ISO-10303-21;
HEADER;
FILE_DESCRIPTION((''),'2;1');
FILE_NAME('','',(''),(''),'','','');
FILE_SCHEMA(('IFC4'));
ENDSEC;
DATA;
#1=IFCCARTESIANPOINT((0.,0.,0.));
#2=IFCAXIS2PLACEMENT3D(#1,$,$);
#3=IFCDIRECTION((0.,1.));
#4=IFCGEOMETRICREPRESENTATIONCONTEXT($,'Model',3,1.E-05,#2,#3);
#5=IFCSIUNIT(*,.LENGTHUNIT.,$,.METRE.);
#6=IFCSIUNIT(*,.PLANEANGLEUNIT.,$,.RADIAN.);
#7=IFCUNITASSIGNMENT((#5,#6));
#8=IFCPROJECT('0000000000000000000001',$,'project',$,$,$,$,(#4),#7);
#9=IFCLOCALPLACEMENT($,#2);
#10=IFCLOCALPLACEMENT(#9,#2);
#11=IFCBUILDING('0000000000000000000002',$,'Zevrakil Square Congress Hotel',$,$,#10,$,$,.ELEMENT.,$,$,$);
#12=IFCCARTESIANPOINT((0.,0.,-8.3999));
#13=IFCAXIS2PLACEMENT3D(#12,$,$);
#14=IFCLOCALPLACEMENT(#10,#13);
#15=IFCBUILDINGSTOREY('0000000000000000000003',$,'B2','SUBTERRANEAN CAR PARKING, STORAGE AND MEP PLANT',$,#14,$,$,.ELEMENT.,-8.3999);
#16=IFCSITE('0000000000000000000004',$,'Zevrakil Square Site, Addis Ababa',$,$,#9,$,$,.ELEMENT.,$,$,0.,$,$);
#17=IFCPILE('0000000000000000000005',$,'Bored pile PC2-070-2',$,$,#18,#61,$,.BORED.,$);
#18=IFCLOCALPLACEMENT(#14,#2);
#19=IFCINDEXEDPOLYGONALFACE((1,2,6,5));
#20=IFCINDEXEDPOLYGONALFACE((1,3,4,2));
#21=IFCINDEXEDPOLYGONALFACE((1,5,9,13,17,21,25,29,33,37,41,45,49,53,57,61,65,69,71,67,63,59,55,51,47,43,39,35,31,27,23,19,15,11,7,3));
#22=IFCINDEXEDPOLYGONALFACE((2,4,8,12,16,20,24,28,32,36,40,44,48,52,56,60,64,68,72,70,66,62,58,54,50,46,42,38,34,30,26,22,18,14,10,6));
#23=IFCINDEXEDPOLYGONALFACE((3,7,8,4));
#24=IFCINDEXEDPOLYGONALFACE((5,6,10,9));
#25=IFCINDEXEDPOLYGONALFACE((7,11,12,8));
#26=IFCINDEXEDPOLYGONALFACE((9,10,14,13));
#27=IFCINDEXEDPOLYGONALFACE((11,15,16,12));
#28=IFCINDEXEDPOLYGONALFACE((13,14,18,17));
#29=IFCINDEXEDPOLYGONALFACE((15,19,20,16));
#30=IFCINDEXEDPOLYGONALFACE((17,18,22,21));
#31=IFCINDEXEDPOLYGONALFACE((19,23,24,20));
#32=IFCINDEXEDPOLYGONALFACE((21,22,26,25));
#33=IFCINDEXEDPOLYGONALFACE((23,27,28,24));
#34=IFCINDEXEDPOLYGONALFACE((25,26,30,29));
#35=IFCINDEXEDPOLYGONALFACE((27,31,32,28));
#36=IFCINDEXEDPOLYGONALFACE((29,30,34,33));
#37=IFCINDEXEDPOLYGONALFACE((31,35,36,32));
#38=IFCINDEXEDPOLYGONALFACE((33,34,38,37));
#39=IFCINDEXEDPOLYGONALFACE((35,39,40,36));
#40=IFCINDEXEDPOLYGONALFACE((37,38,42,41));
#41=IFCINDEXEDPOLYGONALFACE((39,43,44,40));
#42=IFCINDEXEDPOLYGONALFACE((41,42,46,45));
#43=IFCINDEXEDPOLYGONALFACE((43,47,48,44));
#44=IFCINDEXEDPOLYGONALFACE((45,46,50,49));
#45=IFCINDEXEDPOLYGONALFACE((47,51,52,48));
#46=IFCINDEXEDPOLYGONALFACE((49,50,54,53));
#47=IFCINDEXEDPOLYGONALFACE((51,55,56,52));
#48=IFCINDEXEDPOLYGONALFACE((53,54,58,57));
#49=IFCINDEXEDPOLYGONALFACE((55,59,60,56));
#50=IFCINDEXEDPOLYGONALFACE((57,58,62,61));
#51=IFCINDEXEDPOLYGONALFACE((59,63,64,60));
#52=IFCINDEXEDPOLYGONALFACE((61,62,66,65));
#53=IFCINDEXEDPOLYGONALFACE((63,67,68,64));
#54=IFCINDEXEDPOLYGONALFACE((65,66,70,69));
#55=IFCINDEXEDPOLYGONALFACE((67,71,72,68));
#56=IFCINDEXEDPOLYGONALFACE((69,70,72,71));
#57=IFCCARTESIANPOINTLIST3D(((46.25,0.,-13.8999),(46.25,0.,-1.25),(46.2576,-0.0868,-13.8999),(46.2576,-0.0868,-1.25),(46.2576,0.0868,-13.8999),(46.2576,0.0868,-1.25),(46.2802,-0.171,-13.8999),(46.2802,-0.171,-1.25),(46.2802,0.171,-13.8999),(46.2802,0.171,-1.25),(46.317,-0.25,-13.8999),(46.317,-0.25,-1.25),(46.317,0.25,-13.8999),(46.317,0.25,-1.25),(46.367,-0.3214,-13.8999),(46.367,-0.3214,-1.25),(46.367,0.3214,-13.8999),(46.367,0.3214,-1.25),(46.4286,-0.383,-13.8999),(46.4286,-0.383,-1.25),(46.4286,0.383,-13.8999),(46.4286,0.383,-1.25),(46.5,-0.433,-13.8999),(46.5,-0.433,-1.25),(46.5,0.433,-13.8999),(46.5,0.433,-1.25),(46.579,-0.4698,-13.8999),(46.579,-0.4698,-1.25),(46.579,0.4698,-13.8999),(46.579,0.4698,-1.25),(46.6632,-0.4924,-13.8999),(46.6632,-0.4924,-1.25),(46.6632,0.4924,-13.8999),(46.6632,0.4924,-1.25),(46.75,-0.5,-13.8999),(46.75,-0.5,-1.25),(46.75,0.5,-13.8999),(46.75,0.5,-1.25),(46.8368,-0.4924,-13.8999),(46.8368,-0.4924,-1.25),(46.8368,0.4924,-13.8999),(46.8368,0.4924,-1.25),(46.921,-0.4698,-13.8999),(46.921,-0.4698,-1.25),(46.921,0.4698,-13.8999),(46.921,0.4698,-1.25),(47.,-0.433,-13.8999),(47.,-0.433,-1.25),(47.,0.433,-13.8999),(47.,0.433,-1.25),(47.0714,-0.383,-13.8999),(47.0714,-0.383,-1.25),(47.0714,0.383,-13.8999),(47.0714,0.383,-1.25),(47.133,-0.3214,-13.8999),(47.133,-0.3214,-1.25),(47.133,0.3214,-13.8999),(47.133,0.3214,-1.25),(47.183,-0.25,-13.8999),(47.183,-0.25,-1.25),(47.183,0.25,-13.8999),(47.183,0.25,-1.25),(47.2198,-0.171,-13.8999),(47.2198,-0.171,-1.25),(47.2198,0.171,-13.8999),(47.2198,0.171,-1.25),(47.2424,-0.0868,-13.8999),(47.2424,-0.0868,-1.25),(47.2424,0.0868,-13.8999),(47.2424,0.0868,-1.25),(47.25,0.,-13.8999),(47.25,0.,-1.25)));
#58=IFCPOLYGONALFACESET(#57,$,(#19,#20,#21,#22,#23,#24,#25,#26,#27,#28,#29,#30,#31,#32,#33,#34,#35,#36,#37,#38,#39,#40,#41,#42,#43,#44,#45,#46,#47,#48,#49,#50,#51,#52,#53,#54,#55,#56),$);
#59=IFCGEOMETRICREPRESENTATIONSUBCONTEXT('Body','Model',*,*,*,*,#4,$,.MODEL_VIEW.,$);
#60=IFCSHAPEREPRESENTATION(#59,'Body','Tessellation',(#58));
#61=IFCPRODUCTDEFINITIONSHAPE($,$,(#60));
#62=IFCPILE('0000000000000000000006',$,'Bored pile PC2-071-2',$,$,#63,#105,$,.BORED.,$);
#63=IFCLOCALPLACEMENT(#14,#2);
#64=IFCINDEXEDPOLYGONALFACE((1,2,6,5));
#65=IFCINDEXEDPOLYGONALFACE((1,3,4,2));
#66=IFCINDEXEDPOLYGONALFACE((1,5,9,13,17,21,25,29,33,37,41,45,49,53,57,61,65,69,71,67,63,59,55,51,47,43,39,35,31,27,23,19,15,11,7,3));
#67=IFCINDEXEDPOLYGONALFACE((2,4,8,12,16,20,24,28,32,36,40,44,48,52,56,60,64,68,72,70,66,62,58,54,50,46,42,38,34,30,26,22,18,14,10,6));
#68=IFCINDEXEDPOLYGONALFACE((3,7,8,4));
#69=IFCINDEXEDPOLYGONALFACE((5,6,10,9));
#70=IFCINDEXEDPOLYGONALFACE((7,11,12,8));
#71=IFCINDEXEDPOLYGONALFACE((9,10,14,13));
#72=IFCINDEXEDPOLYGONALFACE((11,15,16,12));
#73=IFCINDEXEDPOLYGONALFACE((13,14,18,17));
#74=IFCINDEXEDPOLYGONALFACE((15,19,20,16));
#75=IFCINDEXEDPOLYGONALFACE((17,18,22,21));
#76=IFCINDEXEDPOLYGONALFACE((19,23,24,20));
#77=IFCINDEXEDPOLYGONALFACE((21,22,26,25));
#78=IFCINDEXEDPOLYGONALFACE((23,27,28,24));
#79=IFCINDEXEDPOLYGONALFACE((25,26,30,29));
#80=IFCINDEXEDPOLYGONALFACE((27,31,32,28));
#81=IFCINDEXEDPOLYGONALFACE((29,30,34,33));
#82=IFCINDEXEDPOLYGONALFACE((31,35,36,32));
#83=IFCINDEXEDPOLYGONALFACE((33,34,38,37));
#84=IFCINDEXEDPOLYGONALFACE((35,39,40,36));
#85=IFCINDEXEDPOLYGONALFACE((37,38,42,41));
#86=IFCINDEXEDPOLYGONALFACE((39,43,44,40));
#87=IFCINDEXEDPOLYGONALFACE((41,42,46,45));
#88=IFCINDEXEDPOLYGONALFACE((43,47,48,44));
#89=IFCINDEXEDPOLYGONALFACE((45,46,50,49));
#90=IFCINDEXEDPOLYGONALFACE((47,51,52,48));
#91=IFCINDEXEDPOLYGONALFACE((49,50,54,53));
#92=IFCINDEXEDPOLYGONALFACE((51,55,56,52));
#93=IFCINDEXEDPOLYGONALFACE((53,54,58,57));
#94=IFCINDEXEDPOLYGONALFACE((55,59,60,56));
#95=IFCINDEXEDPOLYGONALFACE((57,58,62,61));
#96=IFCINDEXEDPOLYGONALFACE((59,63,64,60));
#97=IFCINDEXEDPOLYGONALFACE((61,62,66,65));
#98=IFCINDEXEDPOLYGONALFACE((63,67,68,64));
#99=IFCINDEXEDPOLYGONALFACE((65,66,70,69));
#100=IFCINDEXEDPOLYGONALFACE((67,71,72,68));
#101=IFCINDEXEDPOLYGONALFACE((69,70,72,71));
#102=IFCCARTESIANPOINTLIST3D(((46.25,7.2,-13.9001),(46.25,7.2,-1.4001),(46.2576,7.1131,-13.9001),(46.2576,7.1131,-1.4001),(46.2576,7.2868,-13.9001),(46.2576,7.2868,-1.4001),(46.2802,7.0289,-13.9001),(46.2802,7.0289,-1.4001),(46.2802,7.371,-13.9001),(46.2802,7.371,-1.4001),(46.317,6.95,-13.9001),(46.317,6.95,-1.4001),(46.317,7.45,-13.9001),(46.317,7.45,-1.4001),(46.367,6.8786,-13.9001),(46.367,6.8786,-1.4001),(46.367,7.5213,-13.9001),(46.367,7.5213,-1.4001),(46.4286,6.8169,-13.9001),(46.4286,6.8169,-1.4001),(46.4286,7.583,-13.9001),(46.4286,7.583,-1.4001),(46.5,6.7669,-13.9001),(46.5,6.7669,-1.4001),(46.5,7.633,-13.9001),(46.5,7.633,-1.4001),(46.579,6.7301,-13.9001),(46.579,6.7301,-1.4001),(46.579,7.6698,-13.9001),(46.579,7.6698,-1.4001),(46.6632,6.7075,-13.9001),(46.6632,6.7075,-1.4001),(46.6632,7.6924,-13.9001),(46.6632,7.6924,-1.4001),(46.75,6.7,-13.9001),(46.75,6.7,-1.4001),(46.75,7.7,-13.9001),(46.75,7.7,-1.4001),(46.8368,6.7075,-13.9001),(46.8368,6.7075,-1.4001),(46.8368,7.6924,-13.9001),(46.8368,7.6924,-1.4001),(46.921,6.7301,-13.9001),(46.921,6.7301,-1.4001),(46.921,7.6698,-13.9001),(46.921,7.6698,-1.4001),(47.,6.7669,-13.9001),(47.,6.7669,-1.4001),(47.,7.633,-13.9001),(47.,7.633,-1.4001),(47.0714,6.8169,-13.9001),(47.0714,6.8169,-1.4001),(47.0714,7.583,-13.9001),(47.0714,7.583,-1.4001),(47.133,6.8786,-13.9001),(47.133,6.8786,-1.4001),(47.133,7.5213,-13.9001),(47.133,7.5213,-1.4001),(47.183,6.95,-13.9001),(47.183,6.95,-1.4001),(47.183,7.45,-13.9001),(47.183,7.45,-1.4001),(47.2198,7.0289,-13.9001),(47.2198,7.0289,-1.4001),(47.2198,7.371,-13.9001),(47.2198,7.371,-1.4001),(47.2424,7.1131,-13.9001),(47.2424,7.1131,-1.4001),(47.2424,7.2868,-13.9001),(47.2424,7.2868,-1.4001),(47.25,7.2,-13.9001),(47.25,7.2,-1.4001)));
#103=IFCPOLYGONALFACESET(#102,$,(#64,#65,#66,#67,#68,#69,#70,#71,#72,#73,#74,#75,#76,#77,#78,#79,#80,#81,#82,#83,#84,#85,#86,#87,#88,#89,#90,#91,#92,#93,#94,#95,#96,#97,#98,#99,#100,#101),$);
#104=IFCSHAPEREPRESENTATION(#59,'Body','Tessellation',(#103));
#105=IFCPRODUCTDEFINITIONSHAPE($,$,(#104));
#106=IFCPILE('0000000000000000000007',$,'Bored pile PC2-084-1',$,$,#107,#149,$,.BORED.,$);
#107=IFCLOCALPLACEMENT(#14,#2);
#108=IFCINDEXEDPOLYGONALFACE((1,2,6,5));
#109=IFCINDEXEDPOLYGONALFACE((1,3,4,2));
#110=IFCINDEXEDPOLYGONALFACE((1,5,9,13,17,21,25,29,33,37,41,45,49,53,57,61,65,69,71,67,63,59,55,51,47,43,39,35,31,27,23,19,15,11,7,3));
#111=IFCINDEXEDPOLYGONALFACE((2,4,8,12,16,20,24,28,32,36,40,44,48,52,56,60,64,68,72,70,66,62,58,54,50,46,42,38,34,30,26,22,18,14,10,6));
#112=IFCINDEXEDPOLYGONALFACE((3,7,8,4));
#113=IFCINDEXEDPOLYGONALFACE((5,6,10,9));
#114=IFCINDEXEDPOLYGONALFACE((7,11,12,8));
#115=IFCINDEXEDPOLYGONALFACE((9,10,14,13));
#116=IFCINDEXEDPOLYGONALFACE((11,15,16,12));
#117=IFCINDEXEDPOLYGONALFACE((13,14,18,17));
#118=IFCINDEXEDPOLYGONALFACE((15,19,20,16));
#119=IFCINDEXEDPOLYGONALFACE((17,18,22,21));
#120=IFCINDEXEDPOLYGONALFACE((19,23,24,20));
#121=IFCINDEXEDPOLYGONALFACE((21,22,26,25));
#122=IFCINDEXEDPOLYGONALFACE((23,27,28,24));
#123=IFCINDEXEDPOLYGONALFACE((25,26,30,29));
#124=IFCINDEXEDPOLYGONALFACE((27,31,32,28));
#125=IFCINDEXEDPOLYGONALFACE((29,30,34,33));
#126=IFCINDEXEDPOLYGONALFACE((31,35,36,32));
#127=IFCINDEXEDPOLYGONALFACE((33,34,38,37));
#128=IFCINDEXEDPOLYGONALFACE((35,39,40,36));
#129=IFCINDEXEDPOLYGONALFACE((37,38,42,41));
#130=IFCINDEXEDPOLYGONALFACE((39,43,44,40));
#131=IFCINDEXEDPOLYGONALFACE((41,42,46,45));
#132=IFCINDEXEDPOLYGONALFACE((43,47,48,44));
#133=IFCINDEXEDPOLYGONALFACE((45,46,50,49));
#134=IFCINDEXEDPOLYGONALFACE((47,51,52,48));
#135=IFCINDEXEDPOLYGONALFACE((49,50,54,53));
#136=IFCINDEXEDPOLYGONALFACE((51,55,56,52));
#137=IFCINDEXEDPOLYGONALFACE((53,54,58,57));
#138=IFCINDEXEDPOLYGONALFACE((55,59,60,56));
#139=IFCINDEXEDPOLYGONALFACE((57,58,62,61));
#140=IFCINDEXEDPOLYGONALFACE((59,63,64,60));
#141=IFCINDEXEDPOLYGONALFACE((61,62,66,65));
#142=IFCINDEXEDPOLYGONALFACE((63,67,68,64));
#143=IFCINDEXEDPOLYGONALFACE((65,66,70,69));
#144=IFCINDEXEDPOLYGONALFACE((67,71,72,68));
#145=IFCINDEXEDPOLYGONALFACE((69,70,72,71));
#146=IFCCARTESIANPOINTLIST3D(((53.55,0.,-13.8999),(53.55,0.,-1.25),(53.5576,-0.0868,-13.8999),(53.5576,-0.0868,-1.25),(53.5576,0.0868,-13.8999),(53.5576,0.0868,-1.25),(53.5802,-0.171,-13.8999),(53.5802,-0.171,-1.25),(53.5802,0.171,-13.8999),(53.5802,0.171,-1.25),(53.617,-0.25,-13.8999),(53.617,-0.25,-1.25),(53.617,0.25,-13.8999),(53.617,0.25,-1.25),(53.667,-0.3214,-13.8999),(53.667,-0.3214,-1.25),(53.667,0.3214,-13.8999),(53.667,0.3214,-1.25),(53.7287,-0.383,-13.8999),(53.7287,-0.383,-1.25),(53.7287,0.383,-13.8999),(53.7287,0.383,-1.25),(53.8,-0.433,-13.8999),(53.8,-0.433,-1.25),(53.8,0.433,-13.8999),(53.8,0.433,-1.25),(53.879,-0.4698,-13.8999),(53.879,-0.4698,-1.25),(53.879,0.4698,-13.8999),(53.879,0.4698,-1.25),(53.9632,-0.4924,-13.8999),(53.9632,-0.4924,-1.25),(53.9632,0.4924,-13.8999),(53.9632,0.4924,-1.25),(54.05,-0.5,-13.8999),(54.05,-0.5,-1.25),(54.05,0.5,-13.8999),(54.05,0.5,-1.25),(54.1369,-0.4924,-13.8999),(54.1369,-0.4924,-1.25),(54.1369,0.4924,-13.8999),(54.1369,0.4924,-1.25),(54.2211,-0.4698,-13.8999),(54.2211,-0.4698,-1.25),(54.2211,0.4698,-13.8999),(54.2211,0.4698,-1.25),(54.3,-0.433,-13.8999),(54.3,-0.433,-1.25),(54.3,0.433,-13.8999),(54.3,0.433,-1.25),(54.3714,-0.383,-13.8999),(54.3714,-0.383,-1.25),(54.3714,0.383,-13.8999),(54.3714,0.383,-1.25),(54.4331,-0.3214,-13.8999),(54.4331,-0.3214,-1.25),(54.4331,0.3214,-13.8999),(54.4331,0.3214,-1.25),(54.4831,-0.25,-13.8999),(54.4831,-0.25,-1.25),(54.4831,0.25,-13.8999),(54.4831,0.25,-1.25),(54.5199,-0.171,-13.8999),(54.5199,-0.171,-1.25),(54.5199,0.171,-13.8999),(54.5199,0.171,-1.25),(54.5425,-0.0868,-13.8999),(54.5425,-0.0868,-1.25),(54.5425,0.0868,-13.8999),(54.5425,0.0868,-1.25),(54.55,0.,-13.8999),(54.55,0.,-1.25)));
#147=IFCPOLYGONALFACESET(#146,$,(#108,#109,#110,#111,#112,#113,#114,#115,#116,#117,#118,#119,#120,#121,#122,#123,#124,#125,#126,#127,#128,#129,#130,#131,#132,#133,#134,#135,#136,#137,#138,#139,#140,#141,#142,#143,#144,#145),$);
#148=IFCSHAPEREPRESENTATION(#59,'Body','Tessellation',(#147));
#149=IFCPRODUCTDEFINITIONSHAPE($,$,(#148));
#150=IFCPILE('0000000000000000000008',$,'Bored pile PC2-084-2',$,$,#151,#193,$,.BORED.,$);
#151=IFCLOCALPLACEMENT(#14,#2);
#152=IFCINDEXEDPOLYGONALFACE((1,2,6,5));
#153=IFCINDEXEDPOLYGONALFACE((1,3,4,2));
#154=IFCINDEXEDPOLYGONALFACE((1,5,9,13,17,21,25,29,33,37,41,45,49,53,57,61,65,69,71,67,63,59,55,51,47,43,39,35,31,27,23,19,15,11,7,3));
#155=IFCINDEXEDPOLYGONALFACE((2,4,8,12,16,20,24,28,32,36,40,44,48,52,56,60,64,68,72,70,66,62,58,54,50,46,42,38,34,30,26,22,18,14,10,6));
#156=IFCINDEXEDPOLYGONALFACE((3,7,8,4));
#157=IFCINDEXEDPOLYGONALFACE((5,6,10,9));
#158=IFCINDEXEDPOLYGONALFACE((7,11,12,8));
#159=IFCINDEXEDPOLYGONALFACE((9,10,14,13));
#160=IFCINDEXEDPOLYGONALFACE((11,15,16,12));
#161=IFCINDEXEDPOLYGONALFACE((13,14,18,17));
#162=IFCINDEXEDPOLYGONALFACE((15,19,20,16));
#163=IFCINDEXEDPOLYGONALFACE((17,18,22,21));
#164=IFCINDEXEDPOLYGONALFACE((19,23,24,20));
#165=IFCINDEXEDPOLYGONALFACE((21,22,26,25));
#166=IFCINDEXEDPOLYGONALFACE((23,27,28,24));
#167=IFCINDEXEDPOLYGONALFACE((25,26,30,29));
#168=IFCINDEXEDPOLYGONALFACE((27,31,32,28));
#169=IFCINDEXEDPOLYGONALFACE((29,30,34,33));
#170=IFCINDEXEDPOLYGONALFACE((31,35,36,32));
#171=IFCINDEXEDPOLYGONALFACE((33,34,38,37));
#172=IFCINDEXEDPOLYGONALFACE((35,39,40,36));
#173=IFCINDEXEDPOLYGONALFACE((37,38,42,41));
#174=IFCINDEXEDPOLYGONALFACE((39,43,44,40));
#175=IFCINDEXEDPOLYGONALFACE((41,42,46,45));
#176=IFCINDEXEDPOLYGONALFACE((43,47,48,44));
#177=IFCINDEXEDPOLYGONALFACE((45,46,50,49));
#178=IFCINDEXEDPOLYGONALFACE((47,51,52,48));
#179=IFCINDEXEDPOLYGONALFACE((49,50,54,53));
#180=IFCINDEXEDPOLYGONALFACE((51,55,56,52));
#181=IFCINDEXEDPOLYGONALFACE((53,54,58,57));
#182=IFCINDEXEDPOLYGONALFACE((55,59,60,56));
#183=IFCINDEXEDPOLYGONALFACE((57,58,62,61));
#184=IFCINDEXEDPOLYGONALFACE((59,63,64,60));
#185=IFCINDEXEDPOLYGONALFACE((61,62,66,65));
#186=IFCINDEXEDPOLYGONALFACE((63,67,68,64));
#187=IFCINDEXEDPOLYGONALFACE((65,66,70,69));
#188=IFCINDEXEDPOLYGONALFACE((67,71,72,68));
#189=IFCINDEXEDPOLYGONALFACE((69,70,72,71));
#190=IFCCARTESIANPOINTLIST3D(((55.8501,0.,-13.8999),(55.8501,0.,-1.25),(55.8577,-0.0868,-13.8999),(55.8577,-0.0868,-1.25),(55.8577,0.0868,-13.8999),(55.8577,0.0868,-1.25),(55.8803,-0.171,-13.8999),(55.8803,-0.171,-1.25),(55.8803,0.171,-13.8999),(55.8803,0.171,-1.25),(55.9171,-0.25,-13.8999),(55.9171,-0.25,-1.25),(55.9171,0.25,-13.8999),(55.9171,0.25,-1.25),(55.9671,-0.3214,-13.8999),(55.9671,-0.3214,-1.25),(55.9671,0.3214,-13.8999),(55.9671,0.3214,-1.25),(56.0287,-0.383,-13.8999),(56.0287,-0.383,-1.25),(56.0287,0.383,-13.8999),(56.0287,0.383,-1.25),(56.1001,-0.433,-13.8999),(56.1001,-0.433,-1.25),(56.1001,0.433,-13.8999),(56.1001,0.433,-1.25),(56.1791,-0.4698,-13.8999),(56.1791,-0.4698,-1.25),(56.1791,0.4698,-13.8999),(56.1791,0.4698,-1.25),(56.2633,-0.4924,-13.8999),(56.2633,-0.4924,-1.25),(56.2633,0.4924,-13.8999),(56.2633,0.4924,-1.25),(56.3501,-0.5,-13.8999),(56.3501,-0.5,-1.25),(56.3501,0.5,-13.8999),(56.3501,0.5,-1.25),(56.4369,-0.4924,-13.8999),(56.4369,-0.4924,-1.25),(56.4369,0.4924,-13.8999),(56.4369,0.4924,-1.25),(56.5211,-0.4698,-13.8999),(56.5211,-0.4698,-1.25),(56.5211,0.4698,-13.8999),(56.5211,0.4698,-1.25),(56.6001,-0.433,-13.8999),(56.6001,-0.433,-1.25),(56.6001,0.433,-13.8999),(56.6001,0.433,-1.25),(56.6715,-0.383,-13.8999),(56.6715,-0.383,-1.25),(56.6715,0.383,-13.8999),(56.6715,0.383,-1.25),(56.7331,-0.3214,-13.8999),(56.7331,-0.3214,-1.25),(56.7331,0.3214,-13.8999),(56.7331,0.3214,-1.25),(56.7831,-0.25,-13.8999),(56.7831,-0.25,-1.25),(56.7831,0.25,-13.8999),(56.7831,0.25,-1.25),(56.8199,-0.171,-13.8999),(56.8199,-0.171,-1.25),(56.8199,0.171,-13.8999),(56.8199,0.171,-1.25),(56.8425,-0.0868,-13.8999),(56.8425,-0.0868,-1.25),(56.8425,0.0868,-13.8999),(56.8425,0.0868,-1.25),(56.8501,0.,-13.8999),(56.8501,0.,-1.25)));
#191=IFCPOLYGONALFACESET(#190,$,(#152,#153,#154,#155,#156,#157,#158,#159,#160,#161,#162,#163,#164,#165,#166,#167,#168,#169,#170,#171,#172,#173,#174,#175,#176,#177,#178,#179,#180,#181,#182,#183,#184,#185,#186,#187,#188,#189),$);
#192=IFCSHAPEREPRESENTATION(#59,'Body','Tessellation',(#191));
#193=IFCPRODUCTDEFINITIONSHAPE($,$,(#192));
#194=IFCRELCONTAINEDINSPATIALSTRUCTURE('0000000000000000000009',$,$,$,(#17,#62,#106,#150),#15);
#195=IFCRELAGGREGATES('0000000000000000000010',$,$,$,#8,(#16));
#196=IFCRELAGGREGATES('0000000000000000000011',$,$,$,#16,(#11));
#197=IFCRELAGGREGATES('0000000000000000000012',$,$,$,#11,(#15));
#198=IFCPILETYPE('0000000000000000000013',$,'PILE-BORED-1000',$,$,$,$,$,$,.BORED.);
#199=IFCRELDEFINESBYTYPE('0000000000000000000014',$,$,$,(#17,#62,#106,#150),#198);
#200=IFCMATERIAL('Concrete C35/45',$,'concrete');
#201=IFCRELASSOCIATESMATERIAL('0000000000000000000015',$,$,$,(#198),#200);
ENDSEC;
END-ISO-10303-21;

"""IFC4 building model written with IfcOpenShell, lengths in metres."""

from ifc_helpers import new_model, si_unit, direction, frame, origin, origin_2d, place, context, subcontext, project, spatial, circle, extrude, material, material_profile, profile_set, type_object, element, save


model = new_model("IFC4")

# Units and contexts
model_context = context("Model", 3, precision=1e-05, world=origin(), true_north=direction((0.0, 1.0)))
body_context = subcontext(model_context, "Body", "Model", "MODEL_VIEW")
ifc_project = project(units=[si_unit("LENGTHUNIT", "METRE"), si_unit("PLANEANGLEUNIT", "RADIAN")], contexts=[model_context])

# Site, building, storey
site_placement = place(None, origin())
site = spatial("IfcSite", under=ifc_project, at=site_placement, Name="Zevrakil Square Site, Addis Ababa", CompositionType="ELEMENT", RefElevation=0.0)
building_placement = place(site_placement, origin())
building = spatial("IfcBuilding", under=site, at=building_placement, Name="Zevrakil Square Congress Hotel", CompositionType="ELEMENT")
storey_placement = place(building_placement, frame((0.0, 0.0, -8.3999)))
storey = spatial("IfcBuildingStorey", under=building, at=storey_placement, Name="B2", Description="SUBTERRANEAN CAR PARKING, STORAGE AND MEP PLANT", CompositionType="ELEMENT", Elevation=-8.3999)

# Piles
ifc_material_1 = material(Name="Concrete C35/45", Category="concrete")
ifc_material_profile_1 = material_profile(ifc_material_1, circle(Radius=0.5, at=origin_2d()), Name="PILE D1000")
ifc_profile_set_1 = profile_set([ifc_material_profile_1], Name="Concrete C35/45")
pile_type = type_object("IfcPileType", Name="PILE-BORED-1000", PredefinedType="BORED", material=ifc_profile_set_1)
pile_1_placement = place(storey_placement, frame((46.75, 0.0, -1.25), z_axis=(0.0, 0.0, -1.0), x_axis=(1.0, 0.0, 0.0)))
element("IfcPile", 1, at=pile_1_placement, inside=storey, type_object=pile_type, Name="Bored pile PC2-070-2", PredefinedType="BORED", context=body_context, shape_type="SweptSolid", body=[
    extrude(circle(Radius=0.5, at=origin_2d()), origin(), (0.0, 0.0, 1.0), 12.6499),
])
pile_2_placement = place(storey_placement, frame((46.75, 7.2, -1.4001), z_axis=(0.0, 0.0, -1.0), x_axis=(1.0, 0.0, 0.0)))
element("IfcPile", 2, at=pile_2_placement, inside=storey, type_object=pile_type, Name="Bored pile PC2-071-2", PredefinedType="BORED", context=body_context, shape_type="SweptSolid", body=[
    extrude(circle(Radius=0.5, at=origin_2d()), origin(), (0.0, 0.0, 1.0), 12.5),
])
for number, where, z_axis, x_axis, name in (
    (3, (54.05, 0.0, -1.25), (0.0, 0.0, -1.0), (1.0, 0.0, 0.0), "Bored pile PC2-084-1"),
    (4, (56.3501, 0.0, -1.25), (0.0, 0.0, -1.0), (1.0, 0.0, 0.0), "Bored pile PC2-084-2"),
):
    element("IfcPile", number, at=place(storey_placement, frame(where, z_axis=z_axis, x_axis=x_axis)), inside=storey, type_object=pile_type, Name=name, PredefinedType="BORED", context=body_context, shape_type="SweptSolid", body=[
        extrude(circle(Radius=0.5, at=origin_2d()), origin(), (0.0, 0.0, 1.0), 12.6499),
    ])

save(model, "model.ifc")
